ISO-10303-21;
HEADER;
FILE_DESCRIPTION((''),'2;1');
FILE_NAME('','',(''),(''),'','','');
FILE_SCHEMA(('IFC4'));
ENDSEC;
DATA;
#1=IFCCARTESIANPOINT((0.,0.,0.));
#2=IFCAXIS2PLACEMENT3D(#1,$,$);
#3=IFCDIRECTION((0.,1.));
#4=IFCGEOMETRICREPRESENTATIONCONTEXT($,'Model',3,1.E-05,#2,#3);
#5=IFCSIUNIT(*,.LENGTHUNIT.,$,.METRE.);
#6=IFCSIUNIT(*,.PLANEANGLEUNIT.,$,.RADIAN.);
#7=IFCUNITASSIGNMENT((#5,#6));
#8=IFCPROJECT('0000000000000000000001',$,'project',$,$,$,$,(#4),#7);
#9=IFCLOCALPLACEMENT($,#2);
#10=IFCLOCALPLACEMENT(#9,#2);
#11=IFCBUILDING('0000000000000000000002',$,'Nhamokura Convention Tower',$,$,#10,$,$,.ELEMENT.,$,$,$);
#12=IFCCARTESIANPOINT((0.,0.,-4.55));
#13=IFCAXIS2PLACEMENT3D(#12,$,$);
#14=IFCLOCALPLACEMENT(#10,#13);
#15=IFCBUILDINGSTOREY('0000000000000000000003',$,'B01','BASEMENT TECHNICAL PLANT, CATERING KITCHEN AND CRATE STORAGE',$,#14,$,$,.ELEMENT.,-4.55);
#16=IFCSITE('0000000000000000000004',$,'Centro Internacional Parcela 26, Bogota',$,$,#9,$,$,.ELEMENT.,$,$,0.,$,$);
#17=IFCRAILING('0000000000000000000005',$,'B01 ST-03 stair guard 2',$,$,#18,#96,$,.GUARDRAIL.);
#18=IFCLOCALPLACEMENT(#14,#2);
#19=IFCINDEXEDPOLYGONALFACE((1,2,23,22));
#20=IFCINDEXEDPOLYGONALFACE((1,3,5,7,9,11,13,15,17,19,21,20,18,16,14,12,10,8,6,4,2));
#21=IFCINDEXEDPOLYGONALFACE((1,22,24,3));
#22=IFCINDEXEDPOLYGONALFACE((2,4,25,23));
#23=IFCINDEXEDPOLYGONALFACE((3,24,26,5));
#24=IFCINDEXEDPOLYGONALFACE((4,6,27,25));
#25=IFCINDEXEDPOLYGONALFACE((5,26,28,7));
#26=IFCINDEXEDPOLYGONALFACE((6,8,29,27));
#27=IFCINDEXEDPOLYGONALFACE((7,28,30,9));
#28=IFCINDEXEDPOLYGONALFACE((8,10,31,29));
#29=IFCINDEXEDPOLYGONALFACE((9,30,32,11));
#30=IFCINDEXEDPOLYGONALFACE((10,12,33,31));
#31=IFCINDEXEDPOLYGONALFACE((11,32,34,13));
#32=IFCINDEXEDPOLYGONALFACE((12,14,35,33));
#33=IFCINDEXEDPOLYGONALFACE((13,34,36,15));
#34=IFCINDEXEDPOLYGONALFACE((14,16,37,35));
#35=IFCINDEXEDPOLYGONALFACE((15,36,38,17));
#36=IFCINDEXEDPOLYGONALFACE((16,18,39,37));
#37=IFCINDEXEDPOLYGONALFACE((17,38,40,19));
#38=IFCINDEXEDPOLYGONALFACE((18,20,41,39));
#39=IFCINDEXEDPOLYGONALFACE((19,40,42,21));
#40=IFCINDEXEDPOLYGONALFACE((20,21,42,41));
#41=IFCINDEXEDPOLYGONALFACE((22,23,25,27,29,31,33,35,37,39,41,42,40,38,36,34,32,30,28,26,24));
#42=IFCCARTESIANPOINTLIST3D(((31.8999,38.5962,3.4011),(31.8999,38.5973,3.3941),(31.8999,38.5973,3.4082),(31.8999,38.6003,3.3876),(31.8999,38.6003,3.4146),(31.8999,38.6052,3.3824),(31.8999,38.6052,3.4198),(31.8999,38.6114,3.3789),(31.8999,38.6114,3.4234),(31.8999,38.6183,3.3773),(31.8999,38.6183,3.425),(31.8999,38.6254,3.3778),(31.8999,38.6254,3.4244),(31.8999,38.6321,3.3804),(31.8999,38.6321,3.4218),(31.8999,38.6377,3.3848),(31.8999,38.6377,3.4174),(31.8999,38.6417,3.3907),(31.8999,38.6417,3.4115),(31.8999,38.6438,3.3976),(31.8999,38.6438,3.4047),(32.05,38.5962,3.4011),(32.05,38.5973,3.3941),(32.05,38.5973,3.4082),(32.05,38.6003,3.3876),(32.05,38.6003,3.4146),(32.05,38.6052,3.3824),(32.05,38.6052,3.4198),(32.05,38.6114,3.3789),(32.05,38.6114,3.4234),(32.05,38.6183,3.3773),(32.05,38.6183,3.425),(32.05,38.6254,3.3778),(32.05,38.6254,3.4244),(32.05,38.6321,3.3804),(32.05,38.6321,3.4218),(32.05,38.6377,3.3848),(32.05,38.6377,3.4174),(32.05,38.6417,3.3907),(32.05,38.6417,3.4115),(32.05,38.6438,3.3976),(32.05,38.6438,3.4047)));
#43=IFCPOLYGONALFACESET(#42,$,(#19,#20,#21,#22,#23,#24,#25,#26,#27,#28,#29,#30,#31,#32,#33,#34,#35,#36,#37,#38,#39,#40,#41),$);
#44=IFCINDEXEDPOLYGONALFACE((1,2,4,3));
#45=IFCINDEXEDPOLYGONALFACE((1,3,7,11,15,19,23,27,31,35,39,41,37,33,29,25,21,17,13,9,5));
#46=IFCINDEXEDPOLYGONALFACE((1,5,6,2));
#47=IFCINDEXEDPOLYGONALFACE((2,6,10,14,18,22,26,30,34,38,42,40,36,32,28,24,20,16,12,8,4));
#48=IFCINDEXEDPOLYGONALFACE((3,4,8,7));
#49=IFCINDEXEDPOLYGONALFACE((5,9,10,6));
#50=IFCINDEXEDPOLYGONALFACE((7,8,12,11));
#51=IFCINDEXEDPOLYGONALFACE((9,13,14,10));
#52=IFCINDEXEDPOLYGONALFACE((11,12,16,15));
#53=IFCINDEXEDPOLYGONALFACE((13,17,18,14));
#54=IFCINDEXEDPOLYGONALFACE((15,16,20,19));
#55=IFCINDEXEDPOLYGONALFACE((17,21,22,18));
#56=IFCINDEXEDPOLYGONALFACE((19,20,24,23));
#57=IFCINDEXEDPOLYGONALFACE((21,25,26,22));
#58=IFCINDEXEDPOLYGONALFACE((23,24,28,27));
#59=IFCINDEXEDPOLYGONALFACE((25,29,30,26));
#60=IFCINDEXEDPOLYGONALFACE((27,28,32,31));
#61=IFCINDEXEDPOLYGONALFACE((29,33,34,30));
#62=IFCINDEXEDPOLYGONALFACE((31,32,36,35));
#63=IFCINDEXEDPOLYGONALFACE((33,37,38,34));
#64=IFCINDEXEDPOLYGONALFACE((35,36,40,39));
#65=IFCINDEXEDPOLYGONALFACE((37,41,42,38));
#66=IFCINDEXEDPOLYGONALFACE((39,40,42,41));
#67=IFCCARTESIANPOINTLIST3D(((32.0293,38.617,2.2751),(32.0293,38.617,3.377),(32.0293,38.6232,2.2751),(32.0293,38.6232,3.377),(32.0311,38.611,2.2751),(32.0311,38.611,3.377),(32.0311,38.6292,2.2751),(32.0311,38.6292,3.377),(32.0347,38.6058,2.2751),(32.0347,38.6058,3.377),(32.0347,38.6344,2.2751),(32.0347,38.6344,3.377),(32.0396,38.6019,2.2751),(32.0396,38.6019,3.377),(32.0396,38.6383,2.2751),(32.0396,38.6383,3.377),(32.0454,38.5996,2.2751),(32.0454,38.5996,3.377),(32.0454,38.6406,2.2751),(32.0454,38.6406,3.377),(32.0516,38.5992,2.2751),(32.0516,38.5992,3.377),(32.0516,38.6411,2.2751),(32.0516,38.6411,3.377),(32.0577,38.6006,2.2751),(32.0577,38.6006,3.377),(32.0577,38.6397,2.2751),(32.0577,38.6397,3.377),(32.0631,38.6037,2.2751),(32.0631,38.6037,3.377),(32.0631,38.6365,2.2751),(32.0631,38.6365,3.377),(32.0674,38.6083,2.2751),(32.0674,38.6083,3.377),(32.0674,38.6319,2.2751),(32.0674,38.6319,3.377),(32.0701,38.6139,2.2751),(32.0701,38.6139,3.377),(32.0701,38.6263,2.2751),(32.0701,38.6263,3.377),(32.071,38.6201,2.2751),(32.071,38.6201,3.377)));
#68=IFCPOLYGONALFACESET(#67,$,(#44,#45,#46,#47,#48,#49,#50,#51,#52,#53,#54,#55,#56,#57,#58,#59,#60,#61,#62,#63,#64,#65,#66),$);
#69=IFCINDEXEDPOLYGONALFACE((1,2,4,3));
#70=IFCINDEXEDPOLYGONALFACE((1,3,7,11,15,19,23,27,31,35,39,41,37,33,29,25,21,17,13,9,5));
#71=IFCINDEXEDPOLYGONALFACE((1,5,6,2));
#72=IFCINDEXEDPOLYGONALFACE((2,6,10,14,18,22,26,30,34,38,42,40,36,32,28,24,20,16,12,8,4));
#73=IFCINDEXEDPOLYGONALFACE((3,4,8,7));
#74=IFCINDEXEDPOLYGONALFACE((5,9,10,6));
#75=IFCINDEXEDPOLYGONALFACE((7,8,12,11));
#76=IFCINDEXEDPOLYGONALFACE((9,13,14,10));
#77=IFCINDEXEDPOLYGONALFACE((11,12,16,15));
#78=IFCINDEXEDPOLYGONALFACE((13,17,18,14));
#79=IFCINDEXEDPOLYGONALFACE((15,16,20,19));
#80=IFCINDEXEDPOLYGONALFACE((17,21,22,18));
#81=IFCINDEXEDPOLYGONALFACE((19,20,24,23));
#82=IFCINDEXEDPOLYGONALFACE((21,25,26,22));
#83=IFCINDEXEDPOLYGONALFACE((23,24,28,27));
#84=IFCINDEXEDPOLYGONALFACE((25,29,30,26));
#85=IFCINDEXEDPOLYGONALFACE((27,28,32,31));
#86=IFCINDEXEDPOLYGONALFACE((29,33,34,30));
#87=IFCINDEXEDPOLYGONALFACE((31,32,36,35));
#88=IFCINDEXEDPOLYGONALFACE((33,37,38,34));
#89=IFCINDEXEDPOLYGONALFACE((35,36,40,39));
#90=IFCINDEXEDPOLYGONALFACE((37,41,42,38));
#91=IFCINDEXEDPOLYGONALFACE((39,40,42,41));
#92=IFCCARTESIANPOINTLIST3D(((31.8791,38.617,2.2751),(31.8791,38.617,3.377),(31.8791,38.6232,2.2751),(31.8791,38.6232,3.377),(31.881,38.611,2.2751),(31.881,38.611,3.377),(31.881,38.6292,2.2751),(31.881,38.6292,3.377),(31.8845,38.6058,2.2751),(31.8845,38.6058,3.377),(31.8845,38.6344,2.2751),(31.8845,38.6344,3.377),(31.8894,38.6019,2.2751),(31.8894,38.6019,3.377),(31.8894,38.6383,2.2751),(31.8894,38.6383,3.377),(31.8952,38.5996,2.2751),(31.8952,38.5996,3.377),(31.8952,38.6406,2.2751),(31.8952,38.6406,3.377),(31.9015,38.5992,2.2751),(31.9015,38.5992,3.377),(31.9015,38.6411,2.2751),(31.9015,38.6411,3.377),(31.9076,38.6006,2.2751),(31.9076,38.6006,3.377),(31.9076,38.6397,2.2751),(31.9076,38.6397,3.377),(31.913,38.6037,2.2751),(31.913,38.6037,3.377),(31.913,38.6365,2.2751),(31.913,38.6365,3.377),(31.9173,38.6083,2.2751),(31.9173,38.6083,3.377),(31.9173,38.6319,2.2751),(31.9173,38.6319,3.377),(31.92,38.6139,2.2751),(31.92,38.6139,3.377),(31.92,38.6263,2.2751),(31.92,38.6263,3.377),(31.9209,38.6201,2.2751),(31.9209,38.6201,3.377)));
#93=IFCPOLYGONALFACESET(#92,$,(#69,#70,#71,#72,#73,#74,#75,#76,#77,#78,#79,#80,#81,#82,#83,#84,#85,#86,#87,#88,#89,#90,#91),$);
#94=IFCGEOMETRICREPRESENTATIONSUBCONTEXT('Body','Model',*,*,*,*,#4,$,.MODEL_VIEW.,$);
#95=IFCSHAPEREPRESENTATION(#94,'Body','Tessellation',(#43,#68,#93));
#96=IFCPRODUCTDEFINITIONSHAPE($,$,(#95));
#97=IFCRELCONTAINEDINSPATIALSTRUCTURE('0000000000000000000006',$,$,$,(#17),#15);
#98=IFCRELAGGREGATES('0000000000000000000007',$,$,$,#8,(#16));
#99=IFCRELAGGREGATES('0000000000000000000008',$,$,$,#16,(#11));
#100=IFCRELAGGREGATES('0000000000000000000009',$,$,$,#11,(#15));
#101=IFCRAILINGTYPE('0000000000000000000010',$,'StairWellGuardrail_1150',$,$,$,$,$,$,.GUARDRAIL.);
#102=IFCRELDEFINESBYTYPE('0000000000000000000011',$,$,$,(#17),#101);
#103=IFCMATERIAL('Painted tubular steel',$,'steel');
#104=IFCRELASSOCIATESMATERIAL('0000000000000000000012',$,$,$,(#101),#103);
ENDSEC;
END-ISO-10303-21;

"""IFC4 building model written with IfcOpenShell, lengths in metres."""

from ifc_helpers import new_model, si_unit, direction, frame, origin, origin_2d, place, context, subcontext, project, spatial, circle, extrude, material, type_object, element, save


model = new_model("IFC4")

# Units and contexts
model_context = context("Model", 3, precision=1e-05, world=origin(), true_north=direction((0.0, 1.0)))
body_context = subcontext(model_context, "Body", "Model", "MODEL_VIEW")
ifc_project = project(units=[si_unit("LENGTHUNIT", "METRE"), si_unit("PLANEANGLEUNIT", "RADIAN")], contexts=[model_context])

# Site, building, storey
site_placement = place(None, origin())
site = spatial("IfcSite", under=ifc_project, at=site_placement, Name="Centro Internacional Parcela 26, Bogota", CompositionType="ELEMENT", RefElevation=0.0)
building_placement = place(site_placement, origin())
building = spatial("IfcBuilding", under=site, at=building_placement, Name="Nhamokura Convention Tower", CompositionType="ELEMENT")
storey_placement = place(building_placement, frame((0.0, 0.0, -4.55)))
storey = spatial("IfcBuildingStorey", under=building, at=storey_placement, Name="B01", Description="BASEMENT TECHNICAL PLANT, CATERING KITCHEN AND CRATE STORAGE", CompositionType="ELEMENT", Elevation=-4.55)

# Railing
ifc_material_1 = material(Name="Painted tubular steel", Category="steel")
railing_type_1 = type_object("IfcRailingType", Name="StairWellGuardrail_1150", PredefinedType="GUARDRAIL", material=ifc_material_1)
railing_1_placement = place(storey_placement, frame((32.05, 38.6201, 2.2751)))
element("IfcRailing", 1, at=railing_1_placement, inside=storey, type_object=railing_type_1, Name="B01 ST-03 stair guard 2", PredefinedType="GUARDRAIL", context=body_context, shape_type="SweptSolid", body=[
    extrude(circle(Radius=0.0239, at=origin_2d()), frame((0.0, 0.0, 1.126), z_axis=(-1.0, 0.0, 0.0), x_axis=(0.0, -1.0, 0.0)), (0.0, 0.0, 1.0), 0.1501),
    extrude(circle(Radius=0.021, at=origin_2d()), origin(), (0.0, 0.0, 1.0), 1.1018),
    extrude(circle(Radius=0.021, at=origin_2d()), frame((-0.1501, 0.0, 0.0)), (0.0, 0.0, 1.0), 1.1018),
])

save(model, "model.ifc")
